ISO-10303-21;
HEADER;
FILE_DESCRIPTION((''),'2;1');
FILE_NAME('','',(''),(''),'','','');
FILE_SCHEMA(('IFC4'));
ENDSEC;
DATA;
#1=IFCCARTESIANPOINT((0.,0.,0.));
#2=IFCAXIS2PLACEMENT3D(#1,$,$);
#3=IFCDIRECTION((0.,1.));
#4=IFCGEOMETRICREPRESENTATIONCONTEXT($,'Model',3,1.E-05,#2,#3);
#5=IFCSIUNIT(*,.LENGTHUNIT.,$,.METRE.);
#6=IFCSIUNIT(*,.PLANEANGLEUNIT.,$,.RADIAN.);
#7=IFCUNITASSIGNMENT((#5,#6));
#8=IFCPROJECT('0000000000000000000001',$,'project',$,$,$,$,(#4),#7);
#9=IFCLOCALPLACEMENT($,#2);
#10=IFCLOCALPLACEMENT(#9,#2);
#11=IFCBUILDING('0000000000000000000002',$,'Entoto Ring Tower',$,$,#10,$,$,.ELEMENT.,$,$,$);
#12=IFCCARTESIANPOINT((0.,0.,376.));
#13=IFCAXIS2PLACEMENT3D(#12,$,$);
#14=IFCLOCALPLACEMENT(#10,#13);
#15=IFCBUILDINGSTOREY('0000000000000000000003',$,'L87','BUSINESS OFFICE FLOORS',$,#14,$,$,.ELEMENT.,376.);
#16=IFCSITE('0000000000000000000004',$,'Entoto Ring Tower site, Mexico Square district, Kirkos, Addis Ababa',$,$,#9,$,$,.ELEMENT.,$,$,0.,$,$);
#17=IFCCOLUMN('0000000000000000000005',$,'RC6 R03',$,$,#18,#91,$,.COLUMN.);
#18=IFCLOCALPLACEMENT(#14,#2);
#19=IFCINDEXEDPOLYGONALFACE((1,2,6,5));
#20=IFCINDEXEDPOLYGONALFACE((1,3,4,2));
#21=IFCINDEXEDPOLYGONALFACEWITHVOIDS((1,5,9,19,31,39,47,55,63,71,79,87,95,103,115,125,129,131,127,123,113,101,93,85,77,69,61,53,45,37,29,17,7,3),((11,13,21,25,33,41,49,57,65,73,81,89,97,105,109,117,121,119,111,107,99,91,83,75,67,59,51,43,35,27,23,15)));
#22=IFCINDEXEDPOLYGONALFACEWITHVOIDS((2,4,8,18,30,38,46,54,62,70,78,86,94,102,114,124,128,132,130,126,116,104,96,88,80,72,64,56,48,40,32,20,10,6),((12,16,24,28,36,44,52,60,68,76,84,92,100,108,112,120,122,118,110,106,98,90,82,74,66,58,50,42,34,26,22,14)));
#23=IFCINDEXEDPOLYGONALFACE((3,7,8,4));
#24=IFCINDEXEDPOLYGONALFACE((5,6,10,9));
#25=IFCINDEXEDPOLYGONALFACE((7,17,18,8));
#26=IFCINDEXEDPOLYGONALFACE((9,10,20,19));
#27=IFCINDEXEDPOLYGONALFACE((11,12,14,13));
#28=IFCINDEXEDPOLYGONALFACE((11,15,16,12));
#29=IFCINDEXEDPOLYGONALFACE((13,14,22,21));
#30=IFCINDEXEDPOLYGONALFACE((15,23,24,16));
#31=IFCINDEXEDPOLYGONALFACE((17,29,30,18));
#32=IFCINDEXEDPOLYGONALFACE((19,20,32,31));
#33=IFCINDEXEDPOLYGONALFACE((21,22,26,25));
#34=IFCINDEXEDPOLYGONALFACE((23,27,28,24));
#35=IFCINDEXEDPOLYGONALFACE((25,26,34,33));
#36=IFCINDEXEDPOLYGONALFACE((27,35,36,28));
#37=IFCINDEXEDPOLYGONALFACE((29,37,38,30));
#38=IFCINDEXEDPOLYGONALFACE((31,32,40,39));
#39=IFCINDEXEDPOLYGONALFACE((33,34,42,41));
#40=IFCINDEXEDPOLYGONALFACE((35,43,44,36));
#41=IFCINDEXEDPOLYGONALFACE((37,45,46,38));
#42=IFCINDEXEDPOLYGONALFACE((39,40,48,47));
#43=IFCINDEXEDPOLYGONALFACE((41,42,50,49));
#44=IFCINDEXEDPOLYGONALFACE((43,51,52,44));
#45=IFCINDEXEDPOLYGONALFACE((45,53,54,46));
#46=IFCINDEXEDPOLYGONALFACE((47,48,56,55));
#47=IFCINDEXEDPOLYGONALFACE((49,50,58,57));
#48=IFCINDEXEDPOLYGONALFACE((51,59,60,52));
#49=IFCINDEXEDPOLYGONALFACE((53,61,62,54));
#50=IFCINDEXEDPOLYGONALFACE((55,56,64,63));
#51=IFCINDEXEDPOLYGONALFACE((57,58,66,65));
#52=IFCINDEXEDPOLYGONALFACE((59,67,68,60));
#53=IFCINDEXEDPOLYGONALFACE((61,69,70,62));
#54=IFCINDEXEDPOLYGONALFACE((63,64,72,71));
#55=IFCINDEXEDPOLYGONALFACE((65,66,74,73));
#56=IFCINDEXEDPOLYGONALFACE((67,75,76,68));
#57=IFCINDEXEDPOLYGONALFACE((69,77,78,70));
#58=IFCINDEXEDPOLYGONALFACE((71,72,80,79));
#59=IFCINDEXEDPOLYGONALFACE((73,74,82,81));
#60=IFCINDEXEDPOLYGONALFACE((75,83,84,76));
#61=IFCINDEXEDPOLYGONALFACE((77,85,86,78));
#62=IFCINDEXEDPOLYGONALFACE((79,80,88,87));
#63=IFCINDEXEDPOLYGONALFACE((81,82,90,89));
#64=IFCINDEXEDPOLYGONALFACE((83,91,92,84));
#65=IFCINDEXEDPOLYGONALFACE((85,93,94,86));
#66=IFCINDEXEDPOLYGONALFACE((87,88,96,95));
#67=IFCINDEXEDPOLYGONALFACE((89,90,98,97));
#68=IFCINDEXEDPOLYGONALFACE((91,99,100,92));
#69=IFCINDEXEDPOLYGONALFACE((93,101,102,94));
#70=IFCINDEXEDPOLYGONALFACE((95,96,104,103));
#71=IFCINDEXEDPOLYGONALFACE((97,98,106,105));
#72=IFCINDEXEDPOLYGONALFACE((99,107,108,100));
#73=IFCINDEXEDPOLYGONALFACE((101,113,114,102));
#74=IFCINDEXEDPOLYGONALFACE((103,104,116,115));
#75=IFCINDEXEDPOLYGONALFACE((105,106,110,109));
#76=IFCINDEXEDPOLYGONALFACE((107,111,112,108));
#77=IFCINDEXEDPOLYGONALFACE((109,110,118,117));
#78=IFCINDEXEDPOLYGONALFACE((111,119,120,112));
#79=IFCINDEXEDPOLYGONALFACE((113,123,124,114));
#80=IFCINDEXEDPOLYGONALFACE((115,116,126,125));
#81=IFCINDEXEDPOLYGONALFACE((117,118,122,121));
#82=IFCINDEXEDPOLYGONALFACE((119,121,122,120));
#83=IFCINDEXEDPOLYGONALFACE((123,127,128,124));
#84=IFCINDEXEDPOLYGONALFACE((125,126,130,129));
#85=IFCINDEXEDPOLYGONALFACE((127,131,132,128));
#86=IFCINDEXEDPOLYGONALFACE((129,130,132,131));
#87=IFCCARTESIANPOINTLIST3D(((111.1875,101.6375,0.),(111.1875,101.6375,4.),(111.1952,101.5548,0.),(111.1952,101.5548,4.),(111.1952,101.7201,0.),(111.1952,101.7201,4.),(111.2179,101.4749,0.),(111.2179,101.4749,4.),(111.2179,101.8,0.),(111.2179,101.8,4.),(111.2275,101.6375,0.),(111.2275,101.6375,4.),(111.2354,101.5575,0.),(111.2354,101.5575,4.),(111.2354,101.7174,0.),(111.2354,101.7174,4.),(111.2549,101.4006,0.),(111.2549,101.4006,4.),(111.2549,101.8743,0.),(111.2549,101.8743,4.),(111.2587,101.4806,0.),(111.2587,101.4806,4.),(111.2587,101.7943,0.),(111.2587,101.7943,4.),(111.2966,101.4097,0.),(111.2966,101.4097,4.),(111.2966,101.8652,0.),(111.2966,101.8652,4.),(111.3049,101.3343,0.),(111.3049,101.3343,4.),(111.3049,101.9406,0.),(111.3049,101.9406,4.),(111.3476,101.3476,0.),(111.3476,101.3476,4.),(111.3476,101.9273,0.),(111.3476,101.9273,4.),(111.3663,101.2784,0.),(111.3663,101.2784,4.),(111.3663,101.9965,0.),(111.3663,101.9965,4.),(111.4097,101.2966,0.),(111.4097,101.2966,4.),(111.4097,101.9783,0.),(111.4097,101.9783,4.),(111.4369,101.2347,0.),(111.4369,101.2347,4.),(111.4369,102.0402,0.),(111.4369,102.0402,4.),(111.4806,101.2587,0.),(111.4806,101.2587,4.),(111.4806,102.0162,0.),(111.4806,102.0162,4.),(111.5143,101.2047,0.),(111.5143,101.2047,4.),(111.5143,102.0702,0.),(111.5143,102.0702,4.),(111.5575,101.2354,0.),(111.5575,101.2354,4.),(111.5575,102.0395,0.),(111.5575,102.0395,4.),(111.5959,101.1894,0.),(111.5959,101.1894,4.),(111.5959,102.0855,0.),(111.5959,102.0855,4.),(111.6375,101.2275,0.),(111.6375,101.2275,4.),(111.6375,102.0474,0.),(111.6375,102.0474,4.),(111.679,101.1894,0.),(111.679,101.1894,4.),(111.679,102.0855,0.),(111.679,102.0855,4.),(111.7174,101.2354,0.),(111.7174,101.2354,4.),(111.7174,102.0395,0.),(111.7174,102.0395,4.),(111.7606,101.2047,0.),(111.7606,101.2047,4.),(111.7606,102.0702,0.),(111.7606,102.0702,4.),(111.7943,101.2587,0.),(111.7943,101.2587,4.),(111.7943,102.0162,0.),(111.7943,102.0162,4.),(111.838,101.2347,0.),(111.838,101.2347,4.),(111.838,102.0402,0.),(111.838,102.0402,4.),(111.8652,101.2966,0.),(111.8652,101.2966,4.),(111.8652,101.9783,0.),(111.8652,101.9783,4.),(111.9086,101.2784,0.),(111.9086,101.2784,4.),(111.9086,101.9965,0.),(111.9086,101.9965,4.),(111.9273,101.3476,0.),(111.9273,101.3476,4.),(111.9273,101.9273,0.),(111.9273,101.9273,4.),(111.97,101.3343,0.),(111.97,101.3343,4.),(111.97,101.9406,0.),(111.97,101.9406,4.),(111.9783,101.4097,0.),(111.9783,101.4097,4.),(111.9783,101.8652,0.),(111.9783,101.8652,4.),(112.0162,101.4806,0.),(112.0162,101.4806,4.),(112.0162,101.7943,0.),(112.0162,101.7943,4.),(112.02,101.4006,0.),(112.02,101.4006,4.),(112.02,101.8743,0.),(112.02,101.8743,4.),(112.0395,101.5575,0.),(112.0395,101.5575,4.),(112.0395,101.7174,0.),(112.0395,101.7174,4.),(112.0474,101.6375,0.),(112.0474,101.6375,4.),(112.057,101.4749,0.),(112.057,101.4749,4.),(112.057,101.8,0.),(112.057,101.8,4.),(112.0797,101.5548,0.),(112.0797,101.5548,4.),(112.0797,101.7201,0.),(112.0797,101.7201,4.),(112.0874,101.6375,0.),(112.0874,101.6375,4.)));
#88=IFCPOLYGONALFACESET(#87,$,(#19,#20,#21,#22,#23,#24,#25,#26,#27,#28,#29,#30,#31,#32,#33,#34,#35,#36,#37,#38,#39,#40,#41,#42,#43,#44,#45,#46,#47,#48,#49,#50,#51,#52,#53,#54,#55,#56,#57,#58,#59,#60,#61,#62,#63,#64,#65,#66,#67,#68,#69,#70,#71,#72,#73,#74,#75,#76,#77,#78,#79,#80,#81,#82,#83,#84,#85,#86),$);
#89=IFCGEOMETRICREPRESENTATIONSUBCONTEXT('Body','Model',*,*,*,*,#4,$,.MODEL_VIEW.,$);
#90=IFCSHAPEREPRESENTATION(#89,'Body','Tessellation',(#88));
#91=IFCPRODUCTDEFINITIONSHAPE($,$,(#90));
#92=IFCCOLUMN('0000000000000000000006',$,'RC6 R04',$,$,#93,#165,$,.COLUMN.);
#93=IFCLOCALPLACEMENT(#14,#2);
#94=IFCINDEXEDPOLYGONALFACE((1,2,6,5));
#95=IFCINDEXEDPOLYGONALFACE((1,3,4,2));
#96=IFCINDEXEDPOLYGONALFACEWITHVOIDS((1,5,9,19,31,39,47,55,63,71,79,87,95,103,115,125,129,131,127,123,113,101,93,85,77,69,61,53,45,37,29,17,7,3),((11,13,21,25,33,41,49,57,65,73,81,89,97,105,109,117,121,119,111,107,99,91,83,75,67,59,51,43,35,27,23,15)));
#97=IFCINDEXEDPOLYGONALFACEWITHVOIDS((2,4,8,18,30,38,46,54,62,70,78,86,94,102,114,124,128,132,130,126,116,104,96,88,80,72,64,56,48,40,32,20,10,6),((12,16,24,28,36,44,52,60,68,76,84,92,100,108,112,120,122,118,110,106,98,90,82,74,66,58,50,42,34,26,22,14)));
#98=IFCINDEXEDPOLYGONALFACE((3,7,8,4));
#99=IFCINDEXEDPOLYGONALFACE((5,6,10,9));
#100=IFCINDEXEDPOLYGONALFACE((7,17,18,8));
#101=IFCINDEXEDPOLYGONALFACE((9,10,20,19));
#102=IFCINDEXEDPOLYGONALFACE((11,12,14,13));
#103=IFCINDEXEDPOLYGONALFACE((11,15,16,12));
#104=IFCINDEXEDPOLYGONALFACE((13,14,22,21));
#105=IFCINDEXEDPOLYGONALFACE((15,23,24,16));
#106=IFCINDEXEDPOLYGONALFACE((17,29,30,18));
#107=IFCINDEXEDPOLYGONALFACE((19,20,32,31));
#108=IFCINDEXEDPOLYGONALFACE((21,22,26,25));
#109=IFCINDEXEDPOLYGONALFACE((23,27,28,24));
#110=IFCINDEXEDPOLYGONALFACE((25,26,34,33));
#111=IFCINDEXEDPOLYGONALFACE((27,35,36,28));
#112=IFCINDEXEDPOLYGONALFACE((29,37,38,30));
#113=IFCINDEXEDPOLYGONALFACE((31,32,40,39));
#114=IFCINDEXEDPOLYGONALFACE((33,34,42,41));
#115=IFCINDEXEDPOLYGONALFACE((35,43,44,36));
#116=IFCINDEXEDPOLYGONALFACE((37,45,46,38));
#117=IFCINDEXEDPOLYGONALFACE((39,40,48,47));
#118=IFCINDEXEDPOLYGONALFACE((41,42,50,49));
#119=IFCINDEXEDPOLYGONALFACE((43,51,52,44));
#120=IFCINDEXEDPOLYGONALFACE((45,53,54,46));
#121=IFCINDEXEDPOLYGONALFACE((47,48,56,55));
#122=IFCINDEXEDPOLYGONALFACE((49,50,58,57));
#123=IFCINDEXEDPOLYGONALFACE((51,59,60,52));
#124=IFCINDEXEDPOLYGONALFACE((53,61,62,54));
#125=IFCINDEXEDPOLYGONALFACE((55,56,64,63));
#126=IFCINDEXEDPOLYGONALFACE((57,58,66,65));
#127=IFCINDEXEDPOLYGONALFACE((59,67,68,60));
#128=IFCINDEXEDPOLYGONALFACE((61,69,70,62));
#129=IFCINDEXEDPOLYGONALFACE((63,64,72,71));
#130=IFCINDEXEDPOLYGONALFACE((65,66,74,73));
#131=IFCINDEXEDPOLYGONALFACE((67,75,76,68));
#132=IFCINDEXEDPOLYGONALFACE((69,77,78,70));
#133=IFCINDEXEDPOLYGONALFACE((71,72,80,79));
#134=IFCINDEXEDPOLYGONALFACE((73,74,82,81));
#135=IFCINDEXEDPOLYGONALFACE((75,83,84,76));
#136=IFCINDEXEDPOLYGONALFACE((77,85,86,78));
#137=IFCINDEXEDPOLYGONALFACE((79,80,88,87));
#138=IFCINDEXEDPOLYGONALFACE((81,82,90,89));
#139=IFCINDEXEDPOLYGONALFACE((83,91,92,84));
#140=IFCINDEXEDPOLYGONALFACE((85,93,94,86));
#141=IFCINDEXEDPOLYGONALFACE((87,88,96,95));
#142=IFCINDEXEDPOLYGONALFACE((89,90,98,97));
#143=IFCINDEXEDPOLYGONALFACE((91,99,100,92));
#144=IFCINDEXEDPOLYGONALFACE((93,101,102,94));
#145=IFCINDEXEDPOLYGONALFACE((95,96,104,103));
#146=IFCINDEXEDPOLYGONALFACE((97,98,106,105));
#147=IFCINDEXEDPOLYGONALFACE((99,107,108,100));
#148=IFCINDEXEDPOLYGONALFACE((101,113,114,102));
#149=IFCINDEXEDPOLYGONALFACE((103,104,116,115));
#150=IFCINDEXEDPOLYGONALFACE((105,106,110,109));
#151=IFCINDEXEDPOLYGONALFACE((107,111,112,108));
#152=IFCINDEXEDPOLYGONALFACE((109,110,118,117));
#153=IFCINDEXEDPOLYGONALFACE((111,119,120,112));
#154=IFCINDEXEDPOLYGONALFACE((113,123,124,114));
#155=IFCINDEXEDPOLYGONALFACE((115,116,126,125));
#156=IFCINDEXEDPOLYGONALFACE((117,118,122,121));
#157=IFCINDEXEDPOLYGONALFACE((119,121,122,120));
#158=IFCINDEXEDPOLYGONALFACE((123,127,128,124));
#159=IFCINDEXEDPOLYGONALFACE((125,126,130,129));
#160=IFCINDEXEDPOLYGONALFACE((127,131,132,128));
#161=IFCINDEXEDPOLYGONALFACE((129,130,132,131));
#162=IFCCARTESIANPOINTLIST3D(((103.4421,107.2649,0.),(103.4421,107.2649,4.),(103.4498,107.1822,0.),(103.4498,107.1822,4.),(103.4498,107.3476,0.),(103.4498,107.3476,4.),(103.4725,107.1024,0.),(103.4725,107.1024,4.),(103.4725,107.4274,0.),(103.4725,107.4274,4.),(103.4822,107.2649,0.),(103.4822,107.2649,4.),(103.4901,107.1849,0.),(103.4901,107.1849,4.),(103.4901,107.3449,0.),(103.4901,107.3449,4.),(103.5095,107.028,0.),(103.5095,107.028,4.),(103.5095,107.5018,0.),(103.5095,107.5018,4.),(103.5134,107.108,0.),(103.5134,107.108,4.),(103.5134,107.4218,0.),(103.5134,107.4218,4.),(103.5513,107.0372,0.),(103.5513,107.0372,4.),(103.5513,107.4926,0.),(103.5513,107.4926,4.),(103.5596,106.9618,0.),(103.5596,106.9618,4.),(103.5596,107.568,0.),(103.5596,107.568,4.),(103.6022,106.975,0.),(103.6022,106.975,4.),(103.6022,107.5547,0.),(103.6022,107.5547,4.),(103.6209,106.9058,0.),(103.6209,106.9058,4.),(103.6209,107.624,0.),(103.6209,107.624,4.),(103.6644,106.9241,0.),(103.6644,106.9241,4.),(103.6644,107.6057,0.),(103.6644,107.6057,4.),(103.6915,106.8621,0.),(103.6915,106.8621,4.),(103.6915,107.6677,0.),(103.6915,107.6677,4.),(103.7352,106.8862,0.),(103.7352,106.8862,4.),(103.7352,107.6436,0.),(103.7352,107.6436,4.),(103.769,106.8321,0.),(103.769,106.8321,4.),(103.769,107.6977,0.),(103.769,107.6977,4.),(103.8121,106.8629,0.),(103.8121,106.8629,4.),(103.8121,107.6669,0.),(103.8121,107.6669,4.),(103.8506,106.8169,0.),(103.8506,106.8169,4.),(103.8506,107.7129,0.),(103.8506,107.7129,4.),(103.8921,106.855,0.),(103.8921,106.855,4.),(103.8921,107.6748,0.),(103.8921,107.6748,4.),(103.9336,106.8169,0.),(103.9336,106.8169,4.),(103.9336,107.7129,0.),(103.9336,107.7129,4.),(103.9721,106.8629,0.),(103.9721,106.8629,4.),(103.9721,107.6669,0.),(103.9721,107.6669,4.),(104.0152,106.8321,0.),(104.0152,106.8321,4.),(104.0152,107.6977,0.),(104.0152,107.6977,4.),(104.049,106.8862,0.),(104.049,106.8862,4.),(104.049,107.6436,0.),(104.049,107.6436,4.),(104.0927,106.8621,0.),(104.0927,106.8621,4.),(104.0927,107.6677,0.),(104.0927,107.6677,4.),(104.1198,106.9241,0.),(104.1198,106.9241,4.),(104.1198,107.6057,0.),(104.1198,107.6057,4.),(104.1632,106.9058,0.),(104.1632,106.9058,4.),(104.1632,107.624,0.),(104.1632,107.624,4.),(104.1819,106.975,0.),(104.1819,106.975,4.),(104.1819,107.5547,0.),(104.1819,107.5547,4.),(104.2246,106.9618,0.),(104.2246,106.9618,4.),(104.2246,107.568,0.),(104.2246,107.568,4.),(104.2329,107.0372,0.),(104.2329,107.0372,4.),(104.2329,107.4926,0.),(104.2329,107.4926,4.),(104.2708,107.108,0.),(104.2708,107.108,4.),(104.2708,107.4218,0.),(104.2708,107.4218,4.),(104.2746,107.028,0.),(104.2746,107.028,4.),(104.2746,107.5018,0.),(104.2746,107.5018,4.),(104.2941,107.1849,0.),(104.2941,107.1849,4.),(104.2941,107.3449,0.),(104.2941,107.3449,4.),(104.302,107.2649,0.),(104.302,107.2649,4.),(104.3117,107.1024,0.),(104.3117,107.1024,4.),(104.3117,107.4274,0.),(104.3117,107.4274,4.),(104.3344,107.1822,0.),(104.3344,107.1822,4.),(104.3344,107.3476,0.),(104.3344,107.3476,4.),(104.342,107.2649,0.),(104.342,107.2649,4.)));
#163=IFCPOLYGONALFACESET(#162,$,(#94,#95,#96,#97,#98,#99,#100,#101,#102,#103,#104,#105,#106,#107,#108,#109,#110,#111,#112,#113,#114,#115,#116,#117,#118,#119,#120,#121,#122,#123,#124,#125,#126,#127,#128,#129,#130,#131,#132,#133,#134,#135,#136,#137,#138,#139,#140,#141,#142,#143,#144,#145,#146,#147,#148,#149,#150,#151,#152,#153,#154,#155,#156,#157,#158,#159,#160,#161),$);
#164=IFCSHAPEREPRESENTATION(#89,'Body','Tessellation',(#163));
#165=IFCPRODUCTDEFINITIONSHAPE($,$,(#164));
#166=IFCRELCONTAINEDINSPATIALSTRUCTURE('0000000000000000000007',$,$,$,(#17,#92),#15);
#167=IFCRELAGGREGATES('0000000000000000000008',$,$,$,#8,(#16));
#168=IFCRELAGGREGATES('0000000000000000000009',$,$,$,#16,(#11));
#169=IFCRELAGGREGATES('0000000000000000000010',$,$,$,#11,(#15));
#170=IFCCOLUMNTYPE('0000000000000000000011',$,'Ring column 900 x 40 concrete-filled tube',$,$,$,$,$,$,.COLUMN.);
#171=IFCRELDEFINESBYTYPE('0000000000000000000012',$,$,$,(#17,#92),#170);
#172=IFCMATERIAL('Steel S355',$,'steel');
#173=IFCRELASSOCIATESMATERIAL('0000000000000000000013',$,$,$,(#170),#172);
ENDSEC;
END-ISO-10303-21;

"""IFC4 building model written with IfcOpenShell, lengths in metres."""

from ifc_helpers import new_model, si_unit, direction, frame, origin, origin_2d, place, context, subcontext, project, spatial, circle, hollow_circle, extrude, material, material_profile, profile_set, type_object, element, save


model = new_model("IFC4")

# Units and contexts
model_context = context("Model", 3, precision=1e-05, world=origin(), true_north=direction((0.0, 1.0)))
body_context = subcontext(model_context, "Body", "Model", "MODEL_VIEW")
ifc_project = project(units=[si_unit("LENGTHUNIT", "METRE"), si_unit("PLANEANGLEUNIT", "RADIAN")], contexts=[model_context])

# Site, building, storey
site_placement = place(None, origin())
site = spatial("IfcSite", under=ifc_project, at=site_placement, Name="Entoto Ring Tower site, Mexico Square district, Kirkos, Addis Ababa", CompositionType="ELEMENT", RefElevation=0.0)
building_placement = place(site_placement, origin())
building = spatial("IfcBuilding", under=site, at=building_placement, Name="Entoto Ring Tower", CompositionType="ELEMENT")
storey_placement = place(building_placement, frame((0.0, 0.0, 376.0)))
storey = spatial("IfcBuildingStorey", under=building, at=storey_placement, Name="L87", Description="BUSINESS OFFICE FLOORS", CompositionType="ELEMENT", Elevation=376.0)

# Columns
ifc_material_1 = material(Name="Steel S355", Category="steel")
ifc_material_profile_1 = material_profile(ifc_material_1, hollow_circle(Radius=0.45, WallThickness=0.04, at=origin_2d()), Name="CHS 900 x 40")
ifc_material_2 = material(Name="Concrete C60/75", Category="concrete")
ifc_material_profile_2 = material_profile(ifc_material_2, circle(Radius=0.4099, at=origin_2d()), Name="Concrete C60/75 infill")
ifc_profile_set_1 = profile_set([ifc_material_profile_1, ifc_material_profile_2], Name="Steel S355")
column_type = type_object("IfcColumnType", Name="Ring column 900 x 40 concrete-filled tube", PredefinedType="COLUMN", material=ifc_profile_set_1)
for number, where, z_axis, x_axis, name in (
    (1, (111.6375, 101.6375, 0.0), (0.0, 0.0, 1.0), (1.0, 0.0, 0.0), "RC6 R03"),
    (2, (103.8921, 107.2649, 0.0), (0.0, 0.0, 1.0), (1.0, 0.0, 0.0), "RC6 R04"),
):
    element("IfcColumn", number, at=place(storey_placement, frame(where, z_axis=z_axis, x_axis=x_axis)), inside=storey, type_object=column_type, Name=name, PredefinedType="COLUMN", context=body_context, shape_type="SweptSolid", body=[
        extrude(hollow_circle(Radius=0.45, WallThickness=0.04, at=origin_2d()), origin(), (0.0, 0.0, 1.0), 4.0),
    ])

save(model, "model.ifc")
